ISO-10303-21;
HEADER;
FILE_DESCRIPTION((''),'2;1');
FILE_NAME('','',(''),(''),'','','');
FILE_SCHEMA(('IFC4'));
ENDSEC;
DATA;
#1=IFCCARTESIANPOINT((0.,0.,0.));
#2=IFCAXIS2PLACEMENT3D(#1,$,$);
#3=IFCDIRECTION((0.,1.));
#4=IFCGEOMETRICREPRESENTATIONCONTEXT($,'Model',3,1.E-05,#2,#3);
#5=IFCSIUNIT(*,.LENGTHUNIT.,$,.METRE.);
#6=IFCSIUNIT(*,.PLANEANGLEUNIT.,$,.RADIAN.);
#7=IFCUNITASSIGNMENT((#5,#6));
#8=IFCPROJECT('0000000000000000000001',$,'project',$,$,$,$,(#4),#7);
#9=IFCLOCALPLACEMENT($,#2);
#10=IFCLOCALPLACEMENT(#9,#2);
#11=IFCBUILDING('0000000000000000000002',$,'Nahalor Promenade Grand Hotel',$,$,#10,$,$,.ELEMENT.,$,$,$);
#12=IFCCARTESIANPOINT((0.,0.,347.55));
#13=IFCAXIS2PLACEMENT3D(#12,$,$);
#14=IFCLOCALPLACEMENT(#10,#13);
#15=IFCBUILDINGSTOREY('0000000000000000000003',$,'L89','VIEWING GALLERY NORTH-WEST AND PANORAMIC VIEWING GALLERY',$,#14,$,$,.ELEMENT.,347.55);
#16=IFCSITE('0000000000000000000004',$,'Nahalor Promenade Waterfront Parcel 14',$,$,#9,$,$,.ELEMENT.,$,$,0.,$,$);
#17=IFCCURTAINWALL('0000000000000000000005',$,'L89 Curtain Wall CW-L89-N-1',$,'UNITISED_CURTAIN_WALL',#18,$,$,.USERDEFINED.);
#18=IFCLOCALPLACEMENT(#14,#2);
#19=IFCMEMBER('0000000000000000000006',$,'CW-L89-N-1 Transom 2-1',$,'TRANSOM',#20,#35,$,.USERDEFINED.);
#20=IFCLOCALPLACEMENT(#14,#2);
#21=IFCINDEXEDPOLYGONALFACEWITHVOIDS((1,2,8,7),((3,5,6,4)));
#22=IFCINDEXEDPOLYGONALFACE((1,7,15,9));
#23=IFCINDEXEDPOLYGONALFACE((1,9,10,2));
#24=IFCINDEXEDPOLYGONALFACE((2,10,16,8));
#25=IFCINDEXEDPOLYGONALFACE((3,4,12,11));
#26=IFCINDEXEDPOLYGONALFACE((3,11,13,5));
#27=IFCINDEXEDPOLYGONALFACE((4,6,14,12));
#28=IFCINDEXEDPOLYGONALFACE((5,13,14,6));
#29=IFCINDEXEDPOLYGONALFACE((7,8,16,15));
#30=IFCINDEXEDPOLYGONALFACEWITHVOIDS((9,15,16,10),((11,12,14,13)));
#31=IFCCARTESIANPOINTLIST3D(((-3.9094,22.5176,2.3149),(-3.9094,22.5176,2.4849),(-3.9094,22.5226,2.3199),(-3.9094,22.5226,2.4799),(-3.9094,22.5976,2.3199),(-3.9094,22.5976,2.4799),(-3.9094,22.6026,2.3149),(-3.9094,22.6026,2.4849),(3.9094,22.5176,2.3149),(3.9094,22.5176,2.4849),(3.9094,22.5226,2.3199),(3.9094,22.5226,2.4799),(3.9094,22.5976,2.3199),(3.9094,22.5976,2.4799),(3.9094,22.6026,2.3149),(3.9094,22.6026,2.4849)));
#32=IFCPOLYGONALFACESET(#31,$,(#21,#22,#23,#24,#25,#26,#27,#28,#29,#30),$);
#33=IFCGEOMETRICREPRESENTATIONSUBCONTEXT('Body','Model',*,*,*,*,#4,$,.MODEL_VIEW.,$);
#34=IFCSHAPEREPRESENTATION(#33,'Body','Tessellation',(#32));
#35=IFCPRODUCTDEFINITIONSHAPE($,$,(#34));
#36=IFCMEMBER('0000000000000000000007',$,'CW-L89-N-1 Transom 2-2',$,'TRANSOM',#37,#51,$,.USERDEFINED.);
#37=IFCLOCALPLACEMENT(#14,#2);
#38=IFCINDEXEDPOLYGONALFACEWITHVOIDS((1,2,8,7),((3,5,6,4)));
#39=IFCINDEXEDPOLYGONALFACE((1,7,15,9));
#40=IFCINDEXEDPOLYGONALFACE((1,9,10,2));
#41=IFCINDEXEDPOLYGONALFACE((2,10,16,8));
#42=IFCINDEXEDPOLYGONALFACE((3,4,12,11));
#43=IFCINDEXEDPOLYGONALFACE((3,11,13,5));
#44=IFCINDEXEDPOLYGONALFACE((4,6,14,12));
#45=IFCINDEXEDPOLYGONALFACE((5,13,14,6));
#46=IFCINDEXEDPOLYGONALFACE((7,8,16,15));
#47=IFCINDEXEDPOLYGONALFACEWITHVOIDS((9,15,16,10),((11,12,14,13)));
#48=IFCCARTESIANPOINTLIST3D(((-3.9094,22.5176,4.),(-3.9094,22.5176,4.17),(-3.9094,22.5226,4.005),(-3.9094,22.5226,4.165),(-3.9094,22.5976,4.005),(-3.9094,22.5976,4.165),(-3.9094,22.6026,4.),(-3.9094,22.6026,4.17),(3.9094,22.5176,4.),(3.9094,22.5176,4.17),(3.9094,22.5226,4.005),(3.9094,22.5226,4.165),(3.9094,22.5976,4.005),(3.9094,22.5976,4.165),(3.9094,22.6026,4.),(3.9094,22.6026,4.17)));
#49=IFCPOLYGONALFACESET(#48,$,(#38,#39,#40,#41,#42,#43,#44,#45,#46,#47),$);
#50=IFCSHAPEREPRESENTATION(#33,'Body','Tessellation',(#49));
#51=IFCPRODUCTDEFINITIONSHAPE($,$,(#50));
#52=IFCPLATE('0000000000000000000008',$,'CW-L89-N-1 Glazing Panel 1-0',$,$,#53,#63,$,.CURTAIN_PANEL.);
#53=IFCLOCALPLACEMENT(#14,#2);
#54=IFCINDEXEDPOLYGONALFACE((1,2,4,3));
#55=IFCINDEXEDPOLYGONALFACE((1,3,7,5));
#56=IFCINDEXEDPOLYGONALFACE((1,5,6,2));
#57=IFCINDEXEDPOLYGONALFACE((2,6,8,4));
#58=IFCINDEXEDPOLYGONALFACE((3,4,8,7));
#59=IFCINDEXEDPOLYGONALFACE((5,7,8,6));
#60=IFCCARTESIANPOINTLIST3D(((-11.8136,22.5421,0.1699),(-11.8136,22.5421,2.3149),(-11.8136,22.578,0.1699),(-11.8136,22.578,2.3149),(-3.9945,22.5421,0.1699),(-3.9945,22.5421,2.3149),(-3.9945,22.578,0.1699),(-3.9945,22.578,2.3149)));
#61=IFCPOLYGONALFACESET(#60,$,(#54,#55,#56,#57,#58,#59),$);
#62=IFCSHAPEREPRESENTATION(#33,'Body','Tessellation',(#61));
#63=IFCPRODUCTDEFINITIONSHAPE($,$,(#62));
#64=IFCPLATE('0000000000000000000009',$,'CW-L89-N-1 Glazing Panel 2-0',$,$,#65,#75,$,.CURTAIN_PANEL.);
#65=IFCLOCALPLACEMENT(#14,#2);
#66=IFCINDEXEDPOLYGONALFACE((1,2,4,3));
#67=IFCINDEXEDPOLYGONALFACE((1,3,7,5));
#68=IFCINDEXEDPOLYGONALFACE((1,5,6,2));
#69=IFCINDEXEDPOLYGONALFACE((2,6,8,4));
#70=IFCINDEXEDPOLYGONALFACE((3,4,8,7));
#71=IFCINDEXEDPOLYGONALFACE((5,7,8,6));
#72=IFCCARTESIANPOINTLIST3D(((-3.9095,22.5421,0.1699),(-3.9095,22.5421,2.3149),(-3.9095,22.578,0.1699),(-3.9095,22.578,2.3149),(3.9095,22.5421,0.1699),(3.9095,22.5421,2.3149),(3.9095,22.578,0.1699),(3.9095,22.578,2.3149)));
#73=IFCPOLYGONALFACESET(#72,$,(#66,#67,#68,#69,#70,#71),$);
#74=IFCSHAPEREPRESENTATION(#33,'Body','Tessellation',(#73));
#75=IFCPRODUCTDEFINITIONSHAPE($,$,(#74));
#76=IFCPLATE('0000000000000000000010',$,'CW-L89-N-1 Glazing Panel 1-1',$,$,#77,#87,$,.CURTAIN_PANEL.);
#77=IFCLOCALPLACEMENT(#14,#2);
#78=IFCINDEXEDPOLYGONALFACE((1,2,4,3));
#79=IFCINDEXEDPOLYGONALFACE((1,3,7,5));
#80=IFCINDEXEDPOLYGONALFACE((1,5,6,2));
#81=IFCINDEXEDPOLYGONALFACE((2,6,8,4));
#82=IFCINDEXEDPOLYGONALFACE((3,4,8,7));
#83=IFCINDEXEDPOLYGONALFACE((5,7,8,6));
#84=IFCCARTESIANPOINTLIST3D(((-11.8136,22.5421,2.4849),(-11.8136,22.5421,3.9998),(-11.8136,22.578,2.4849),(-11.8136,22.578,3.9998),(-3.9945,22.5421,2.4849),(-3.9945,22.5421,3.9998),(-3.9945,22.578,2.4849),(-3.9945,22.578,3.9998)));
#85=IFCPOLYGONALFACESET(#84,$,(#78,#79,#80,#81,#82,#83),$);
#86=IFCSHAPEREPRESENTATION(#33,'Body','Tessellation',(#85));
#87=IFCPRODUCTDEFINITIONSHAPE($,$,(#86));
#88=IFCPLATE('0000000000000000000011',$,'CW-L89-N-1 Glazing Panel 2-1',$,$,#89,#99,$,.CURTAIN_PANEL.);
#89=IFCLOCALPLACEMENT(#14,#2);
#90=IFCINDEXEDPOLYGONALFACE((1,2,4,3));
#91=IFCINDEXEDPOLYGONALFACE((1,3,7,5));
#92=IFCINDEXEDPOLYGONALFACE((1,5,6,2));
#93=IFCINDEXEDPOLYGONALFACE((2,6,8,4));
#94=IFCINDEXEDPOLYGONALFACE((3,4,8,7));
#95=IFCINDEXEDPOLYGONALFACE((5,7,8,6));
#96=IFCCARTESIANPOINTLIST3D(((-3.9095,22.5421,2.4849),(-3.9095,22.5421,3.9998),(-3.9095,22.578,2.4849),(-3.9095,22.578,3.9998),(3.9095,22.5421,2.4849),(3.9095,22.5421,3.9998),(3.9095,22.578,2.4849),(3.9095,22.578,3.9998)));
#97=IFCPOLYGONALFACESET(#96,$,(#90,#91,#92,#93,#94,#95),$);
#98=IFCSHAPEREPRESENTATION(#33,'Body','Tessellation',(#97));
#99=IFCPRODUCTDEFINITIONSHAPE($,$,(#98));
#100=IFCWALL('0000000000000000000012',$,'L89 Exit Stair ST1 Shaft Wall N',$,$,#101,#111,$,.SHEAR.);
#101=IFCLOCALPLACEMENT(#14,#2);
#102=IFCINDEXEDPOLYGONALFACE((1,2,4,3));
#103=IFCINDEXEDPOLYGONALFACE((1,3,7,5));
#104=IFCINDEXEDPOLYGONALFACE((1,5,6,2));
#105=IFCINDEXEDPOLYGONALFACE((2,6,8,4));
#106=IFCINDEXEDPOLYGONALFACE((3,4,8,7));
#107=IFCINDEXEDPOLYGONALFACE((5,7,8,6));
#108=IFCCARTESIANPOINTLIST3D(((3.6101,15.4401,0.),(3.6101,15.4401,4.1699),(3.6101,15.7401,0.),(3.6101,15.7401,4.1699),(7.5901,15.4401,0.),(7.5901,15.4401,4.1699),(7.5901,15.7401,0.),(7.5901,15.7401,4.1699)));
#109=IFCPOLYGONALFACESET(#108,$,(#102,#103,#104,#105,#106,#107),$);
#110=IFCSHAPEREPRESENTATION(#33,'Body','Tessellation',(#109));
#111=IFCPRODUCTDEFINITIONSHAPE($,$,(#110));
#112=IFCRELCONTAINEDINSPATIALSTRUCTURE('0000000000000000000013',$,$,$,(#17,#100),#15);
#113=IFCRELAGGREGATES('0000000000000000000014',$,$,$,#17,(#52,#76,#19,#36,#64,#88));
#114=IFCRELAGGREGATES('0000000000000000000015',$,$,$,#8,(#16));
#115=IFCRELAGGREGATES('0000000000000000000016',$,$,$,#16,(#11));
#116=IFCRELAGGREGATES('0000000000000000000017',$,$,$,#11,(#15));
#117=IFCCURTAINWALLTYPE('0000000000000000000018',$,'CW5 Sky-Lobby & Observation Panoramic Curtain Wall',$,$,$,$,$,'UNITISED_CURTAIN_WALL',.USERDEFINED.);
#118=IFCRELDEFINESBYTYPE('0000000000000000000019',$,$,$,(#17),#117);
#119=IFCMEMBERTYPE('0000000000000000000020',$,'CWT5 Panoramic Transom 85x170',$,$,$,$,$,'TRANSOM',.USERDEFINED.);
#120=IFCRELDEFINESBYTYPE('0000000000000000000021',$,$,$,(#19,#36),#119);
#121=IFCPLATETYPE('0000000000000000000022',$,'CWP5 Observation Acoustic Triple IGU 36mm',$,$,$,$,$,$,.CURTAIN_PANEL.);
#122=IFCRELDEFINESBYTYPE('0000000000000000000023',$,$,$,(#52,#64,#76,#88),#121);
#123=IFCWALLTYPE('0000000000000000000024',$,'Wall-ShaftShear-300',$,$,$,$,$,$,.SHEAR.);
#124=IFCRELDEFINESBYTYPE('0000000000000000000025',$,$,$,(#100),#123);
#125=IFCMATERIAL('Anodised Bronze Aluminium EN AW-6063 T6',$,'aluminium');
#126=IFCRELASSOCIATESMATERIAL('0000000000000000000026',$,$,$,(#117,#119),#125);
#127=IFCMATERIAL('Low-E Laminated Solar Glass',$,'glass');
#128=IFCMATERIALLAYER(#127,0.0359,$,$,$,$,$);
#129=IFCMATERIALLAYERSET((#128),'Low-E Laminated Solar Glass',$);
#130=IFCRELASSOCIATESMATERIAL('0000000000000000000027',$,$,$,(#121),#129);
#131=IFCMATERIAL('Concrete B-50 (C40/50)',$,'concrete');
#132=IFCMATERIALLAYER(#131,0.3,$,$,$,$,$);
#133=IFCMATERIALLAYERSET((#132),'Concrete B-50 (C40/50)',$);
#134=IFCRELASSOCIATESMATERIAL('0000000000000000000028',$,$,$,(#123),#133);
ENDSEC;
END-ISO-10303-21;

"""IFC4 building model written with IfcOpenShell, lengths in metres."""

from ifc_helpers import new_model, si_unit, direction, frame, frame_2d, origin, origin_2d, place, context, subcontext, project, spatial, rectangle, hollow_rectangle, extrude, source, transform, mapped, material, layer, layer_set, material_profile, profile_set, type_object, element, aggregate, save


model = new_model("IFC4")

# Units and contexts
model_context = context("Model", 3, precision=1e-05, world=origin(), true_north=direction((0.0, 1.0)))
body_context = subcontext(model_context, "Body", "Model", "MODEL_VIEW")
ifc_project = project(units=[si_unit("LENGTHUNIT", "METRE"), si_unit("PLANEANGLEUNIT", "RADIAN")], contexts=[model_context])

# Site, building, storey
site_placement = place(None, origin())
site = spatial("IfcSite", under=ifc_project, at=site_placement, Name="Nahalor Promenade Waterfront Parcel 14", CompositionType="ELEMENT", RefElevation=0.0)
building_placement = place(site_placement, origin())
building = spatial("IfcBuilding", under=site, at=building_placement, Name="Nahalor Promenade Grand Hotel", CompositionType="ELEMENT")
storey_placement = place(building_placement, frame((0.0, 0.0, 347.55)))
storey = spatial("IfcBuildingStorey", under=building, at=storey_placement, Name="L89", Description="VIEWING GALLERY NORTH-WEST AND PANORAMIC VIEWING GALLERY", CompositionType="ELEMENT", Elevation=347.55)

# Shared definitions
ifc_material_1 = material(Name="Concrete B-50 (C40/50)", Category="concrete")

# Curtain wall, members, plates
ifc_material_2 = material(Name="Anodised Bronze Aluminium EN AW-6063 T6", Category="aluminium")
curtain_wall_type = type_object("IfcCurtainWallType", Name="CW5 Sky-Lobby & Observation Panoramic Curtain Wall", ElementType="UNITISED_CURTAIN_WALL", PredefinedType="USERDEFINED", material=ifc_material_2)
curtain_wall_placement = place(storey_placement, origin())
curtain_wall = element("IfcCurtainWall", 1, at=curtain_wall_placement, inside=storey, type_object=curtain_wall_type, Name="L89 Curtain Wall CW-L89-N-1", ObjectType="UNITISED_CURTAIN_WALL", PredefinedType="USERDEFINED")
ifc_material_profile_1 = material_profile(ifc_material_2, hollow_rectangle(XDim=0.085, YDim=0.17, WallThickness=0.005, at=origin_2d()), Name="CWT 85x170x5")
ifc_profile_set_1 = profile_set([ifc_material_profile_1], Name="Anodised Bronze Aluminium EN AW-6063 T6")
member_type_1 = type_object("IfcMemberType", Name="CWT5 Panoramic Transom 85x170", ElementType="TRANSOM", PredefinedType="USERDEFINED", material=ifc_profile_set_1)
shared_shape_1 = source(origin(), body_context, "Body", "SweptSolid", [
    extrude(hollow_rectangle(XDim=0.085, YDim=0.17, WallThickness=0.005, at=origin_2d()), origin(), (0.0, 0.0, 1.0), 7.8188),
])
member_1_placement = place(storey_placement, frame((-3.9094, 22.5601, 2.3999), z_axis=(1.0, 0.0, 0.0), x_axis=(0.0, 1.0, 0.0)))
member_1 = element("IfcMember", 2, at=member_1_placement, type_object=member_type_1, Name="CW-L89-N-1 Transom 2-1", ObjectType="TRANSOM", PredefinedType="USERDEFINED", context=body_context, shape_type="MappedRepresentation", body=[
    mapped(shared_shape_1, transform((0.0, 0.0, 0.0), scale=1.0)),
])
member_2_placement = place(storey_placement, frame((-3.9094, 22.5601, 4.085), z_axis=(1.0, 0.0, 0.0), x_axis=(0.0, 1.0, 0.0)))
member_2 = element("IfcMember", 3, at=member_2_placement, type_object=member_type_1, Name="CW-L89-N-1 Transom 2-2", ObjectType="TRANSOM", PredefinedType="USERDEFINED", context=body_context, shape_type="MappedRepresentation", body=[
    mapped(shared_shape_1, transform((0.0, 0.0, 0.0), scale=1.0)),
])
ifc_material_3 = material(Name="Low-E Laminated Solar Glass", Category="glass")
ifc_layer_1 = layer(ifc_material_3, 0.0359)
ifc_layer_set_1 = layer_set([ifc_layer_1], Name="Low-E Laminated Solar Glass")
plate_type = type_object("IfcPlateType", Name="CWP5 Observation Acoustic Triple IGU 36mm", PredefinedType="CURTAIN_PANEL", material=ifc_layer_set_1)
shared_shape_2 = source(origin(), body_context, "Body", "SweptSolid", [
    extrude(rectangle(XDim=7.8191, YDim=0.0359, at=origin_2d()), origin(), (0.0, 0.0, 1.0), 2.145),
])
plate_1_placement = place(storey_placement, frame((-7.9041, 22.5601, 0.1699), z_axis=(0.0, 0.0, 1.0), x_axis=(1.0, 0.0, 0.0)))
plate_1 = element("IfcPlate", 4, at=plate_1_placement, type_object=plate_type, Name="CW-L89-N-1 Glazing Panel 1-0", PredefinedType="CURTAIN_PANEL", context=body_context, shape_type="MappedRepresentation", body=[
    mapped(shared_shape_2, transform((0.0, 0.0, 0.0), scale=1.0)),
])
plate_2_placement = place(storey_placement, frame((0.0, 22.5601, 0.1699), z_axis=(0.0, 0.0, 1.0), x_axis=(1.0, 0.0, 0.0)))
plate_2 = element("IfcPlate", 5, at=plate_2_placement, type_object=plate_type, Name="CW-L89-N-1 Glazing Panel 2-0", PredefinedType="CURTAIN_PANEL", context=body_context, shape_type="MappedRepresentation", body=[
    mapped(shared_shape_2, transform((0.0, 0.0, 0.0), scale=1.0)),
])
shared_shape_3 = source(origin(), body_context, "Body", "SweptSolid", [
    extrude(rectangle(XDim=7.8191, YDim=0.0359, at=origin_2d()), origin(), (0.0, 0.0, 1.0), 1.5149),
])
plate_3_placement = place(storey_placement, frame((-7.9041, 22.5601, 2.4849), z_axis=(0.0, 0.0, 1.0), x_axis=(1.0, 0.0, 0.0)))
plate_3 = element("IfcPlate", 6, at=plate_3_placement, type_object=plate_type, Name="CW-L89-N-1 Glazing Panel 1-1", PredefinedType="CURTAIN_PANEL", context=body_context, shape_type="MappedRepresentation", body=[
    mapped(shared_shape_3, transform((0.0, 0.0, 0.0), scale=1.0)),
])
plate_4_placement = place(storey_placement, frame((0.0, 22.5601, 2.4849), z_axis=(0.0, 0.0, 1.0), x_axis=(1.0, 0.0, 0.0)))
plate_4 = element("IfcPlate", 7, at=plate_4_placement, type_object=plate_type, Name="CW-L89-N-1 Glazing Panel 2-1", PredefinedType="CURTAIN_PANEL", context=body_context, shape_type="MappedRepresentation", body=[
    mapped(shared_shape_3, transform((0.0, 0.0, 0.0), scale=1.0)),
])
aggregate(curtain_wall, [plate_1, plate_3, member_1, member_2, plate_2, plate_4])

# Wall
ifc_layer_2 = layer(ifc_material_1, 0.3)
ifc_layer_set_2 = layer_set([ifc_layer_2], Name="Concrete B-50 (C40/50)")
wall_type = type_object("IfcWallType", Name="Wall-ShaftShear-300", PredefinedType="SHEAR", material=ifc_layer_set_2)
shared_shape_4 = source(origin(), body_context, "Body", "SweptSolid", [
    extrude(rectangle(XDim=3.98, YDim=0.3, at=frame_2d((1.99, 0.0))), origin(), (0.0, 0.0, 1.0), 4.1699),
])
wall_placement = place(storey_placement, frame((3.6101, 15.5901, 0.0), z_axis=(0.0, 0.0, 1.0), x_axis=(1.0, 0.0, 0.0)))
element("IfcWall", 8, at=wall_placement, inside=storey, type_object=wall_type, Name="L89 Exit Stair ST1 Shaft Wall N", PredefinedType="SHEAR", context=body_context, shape_type="MappedRepresentation", body=[
    mapped(shared_shape_4, transform((0.0, 0.0, 0.0), scale=1.0)),
])

save(model, "model.ifc")
